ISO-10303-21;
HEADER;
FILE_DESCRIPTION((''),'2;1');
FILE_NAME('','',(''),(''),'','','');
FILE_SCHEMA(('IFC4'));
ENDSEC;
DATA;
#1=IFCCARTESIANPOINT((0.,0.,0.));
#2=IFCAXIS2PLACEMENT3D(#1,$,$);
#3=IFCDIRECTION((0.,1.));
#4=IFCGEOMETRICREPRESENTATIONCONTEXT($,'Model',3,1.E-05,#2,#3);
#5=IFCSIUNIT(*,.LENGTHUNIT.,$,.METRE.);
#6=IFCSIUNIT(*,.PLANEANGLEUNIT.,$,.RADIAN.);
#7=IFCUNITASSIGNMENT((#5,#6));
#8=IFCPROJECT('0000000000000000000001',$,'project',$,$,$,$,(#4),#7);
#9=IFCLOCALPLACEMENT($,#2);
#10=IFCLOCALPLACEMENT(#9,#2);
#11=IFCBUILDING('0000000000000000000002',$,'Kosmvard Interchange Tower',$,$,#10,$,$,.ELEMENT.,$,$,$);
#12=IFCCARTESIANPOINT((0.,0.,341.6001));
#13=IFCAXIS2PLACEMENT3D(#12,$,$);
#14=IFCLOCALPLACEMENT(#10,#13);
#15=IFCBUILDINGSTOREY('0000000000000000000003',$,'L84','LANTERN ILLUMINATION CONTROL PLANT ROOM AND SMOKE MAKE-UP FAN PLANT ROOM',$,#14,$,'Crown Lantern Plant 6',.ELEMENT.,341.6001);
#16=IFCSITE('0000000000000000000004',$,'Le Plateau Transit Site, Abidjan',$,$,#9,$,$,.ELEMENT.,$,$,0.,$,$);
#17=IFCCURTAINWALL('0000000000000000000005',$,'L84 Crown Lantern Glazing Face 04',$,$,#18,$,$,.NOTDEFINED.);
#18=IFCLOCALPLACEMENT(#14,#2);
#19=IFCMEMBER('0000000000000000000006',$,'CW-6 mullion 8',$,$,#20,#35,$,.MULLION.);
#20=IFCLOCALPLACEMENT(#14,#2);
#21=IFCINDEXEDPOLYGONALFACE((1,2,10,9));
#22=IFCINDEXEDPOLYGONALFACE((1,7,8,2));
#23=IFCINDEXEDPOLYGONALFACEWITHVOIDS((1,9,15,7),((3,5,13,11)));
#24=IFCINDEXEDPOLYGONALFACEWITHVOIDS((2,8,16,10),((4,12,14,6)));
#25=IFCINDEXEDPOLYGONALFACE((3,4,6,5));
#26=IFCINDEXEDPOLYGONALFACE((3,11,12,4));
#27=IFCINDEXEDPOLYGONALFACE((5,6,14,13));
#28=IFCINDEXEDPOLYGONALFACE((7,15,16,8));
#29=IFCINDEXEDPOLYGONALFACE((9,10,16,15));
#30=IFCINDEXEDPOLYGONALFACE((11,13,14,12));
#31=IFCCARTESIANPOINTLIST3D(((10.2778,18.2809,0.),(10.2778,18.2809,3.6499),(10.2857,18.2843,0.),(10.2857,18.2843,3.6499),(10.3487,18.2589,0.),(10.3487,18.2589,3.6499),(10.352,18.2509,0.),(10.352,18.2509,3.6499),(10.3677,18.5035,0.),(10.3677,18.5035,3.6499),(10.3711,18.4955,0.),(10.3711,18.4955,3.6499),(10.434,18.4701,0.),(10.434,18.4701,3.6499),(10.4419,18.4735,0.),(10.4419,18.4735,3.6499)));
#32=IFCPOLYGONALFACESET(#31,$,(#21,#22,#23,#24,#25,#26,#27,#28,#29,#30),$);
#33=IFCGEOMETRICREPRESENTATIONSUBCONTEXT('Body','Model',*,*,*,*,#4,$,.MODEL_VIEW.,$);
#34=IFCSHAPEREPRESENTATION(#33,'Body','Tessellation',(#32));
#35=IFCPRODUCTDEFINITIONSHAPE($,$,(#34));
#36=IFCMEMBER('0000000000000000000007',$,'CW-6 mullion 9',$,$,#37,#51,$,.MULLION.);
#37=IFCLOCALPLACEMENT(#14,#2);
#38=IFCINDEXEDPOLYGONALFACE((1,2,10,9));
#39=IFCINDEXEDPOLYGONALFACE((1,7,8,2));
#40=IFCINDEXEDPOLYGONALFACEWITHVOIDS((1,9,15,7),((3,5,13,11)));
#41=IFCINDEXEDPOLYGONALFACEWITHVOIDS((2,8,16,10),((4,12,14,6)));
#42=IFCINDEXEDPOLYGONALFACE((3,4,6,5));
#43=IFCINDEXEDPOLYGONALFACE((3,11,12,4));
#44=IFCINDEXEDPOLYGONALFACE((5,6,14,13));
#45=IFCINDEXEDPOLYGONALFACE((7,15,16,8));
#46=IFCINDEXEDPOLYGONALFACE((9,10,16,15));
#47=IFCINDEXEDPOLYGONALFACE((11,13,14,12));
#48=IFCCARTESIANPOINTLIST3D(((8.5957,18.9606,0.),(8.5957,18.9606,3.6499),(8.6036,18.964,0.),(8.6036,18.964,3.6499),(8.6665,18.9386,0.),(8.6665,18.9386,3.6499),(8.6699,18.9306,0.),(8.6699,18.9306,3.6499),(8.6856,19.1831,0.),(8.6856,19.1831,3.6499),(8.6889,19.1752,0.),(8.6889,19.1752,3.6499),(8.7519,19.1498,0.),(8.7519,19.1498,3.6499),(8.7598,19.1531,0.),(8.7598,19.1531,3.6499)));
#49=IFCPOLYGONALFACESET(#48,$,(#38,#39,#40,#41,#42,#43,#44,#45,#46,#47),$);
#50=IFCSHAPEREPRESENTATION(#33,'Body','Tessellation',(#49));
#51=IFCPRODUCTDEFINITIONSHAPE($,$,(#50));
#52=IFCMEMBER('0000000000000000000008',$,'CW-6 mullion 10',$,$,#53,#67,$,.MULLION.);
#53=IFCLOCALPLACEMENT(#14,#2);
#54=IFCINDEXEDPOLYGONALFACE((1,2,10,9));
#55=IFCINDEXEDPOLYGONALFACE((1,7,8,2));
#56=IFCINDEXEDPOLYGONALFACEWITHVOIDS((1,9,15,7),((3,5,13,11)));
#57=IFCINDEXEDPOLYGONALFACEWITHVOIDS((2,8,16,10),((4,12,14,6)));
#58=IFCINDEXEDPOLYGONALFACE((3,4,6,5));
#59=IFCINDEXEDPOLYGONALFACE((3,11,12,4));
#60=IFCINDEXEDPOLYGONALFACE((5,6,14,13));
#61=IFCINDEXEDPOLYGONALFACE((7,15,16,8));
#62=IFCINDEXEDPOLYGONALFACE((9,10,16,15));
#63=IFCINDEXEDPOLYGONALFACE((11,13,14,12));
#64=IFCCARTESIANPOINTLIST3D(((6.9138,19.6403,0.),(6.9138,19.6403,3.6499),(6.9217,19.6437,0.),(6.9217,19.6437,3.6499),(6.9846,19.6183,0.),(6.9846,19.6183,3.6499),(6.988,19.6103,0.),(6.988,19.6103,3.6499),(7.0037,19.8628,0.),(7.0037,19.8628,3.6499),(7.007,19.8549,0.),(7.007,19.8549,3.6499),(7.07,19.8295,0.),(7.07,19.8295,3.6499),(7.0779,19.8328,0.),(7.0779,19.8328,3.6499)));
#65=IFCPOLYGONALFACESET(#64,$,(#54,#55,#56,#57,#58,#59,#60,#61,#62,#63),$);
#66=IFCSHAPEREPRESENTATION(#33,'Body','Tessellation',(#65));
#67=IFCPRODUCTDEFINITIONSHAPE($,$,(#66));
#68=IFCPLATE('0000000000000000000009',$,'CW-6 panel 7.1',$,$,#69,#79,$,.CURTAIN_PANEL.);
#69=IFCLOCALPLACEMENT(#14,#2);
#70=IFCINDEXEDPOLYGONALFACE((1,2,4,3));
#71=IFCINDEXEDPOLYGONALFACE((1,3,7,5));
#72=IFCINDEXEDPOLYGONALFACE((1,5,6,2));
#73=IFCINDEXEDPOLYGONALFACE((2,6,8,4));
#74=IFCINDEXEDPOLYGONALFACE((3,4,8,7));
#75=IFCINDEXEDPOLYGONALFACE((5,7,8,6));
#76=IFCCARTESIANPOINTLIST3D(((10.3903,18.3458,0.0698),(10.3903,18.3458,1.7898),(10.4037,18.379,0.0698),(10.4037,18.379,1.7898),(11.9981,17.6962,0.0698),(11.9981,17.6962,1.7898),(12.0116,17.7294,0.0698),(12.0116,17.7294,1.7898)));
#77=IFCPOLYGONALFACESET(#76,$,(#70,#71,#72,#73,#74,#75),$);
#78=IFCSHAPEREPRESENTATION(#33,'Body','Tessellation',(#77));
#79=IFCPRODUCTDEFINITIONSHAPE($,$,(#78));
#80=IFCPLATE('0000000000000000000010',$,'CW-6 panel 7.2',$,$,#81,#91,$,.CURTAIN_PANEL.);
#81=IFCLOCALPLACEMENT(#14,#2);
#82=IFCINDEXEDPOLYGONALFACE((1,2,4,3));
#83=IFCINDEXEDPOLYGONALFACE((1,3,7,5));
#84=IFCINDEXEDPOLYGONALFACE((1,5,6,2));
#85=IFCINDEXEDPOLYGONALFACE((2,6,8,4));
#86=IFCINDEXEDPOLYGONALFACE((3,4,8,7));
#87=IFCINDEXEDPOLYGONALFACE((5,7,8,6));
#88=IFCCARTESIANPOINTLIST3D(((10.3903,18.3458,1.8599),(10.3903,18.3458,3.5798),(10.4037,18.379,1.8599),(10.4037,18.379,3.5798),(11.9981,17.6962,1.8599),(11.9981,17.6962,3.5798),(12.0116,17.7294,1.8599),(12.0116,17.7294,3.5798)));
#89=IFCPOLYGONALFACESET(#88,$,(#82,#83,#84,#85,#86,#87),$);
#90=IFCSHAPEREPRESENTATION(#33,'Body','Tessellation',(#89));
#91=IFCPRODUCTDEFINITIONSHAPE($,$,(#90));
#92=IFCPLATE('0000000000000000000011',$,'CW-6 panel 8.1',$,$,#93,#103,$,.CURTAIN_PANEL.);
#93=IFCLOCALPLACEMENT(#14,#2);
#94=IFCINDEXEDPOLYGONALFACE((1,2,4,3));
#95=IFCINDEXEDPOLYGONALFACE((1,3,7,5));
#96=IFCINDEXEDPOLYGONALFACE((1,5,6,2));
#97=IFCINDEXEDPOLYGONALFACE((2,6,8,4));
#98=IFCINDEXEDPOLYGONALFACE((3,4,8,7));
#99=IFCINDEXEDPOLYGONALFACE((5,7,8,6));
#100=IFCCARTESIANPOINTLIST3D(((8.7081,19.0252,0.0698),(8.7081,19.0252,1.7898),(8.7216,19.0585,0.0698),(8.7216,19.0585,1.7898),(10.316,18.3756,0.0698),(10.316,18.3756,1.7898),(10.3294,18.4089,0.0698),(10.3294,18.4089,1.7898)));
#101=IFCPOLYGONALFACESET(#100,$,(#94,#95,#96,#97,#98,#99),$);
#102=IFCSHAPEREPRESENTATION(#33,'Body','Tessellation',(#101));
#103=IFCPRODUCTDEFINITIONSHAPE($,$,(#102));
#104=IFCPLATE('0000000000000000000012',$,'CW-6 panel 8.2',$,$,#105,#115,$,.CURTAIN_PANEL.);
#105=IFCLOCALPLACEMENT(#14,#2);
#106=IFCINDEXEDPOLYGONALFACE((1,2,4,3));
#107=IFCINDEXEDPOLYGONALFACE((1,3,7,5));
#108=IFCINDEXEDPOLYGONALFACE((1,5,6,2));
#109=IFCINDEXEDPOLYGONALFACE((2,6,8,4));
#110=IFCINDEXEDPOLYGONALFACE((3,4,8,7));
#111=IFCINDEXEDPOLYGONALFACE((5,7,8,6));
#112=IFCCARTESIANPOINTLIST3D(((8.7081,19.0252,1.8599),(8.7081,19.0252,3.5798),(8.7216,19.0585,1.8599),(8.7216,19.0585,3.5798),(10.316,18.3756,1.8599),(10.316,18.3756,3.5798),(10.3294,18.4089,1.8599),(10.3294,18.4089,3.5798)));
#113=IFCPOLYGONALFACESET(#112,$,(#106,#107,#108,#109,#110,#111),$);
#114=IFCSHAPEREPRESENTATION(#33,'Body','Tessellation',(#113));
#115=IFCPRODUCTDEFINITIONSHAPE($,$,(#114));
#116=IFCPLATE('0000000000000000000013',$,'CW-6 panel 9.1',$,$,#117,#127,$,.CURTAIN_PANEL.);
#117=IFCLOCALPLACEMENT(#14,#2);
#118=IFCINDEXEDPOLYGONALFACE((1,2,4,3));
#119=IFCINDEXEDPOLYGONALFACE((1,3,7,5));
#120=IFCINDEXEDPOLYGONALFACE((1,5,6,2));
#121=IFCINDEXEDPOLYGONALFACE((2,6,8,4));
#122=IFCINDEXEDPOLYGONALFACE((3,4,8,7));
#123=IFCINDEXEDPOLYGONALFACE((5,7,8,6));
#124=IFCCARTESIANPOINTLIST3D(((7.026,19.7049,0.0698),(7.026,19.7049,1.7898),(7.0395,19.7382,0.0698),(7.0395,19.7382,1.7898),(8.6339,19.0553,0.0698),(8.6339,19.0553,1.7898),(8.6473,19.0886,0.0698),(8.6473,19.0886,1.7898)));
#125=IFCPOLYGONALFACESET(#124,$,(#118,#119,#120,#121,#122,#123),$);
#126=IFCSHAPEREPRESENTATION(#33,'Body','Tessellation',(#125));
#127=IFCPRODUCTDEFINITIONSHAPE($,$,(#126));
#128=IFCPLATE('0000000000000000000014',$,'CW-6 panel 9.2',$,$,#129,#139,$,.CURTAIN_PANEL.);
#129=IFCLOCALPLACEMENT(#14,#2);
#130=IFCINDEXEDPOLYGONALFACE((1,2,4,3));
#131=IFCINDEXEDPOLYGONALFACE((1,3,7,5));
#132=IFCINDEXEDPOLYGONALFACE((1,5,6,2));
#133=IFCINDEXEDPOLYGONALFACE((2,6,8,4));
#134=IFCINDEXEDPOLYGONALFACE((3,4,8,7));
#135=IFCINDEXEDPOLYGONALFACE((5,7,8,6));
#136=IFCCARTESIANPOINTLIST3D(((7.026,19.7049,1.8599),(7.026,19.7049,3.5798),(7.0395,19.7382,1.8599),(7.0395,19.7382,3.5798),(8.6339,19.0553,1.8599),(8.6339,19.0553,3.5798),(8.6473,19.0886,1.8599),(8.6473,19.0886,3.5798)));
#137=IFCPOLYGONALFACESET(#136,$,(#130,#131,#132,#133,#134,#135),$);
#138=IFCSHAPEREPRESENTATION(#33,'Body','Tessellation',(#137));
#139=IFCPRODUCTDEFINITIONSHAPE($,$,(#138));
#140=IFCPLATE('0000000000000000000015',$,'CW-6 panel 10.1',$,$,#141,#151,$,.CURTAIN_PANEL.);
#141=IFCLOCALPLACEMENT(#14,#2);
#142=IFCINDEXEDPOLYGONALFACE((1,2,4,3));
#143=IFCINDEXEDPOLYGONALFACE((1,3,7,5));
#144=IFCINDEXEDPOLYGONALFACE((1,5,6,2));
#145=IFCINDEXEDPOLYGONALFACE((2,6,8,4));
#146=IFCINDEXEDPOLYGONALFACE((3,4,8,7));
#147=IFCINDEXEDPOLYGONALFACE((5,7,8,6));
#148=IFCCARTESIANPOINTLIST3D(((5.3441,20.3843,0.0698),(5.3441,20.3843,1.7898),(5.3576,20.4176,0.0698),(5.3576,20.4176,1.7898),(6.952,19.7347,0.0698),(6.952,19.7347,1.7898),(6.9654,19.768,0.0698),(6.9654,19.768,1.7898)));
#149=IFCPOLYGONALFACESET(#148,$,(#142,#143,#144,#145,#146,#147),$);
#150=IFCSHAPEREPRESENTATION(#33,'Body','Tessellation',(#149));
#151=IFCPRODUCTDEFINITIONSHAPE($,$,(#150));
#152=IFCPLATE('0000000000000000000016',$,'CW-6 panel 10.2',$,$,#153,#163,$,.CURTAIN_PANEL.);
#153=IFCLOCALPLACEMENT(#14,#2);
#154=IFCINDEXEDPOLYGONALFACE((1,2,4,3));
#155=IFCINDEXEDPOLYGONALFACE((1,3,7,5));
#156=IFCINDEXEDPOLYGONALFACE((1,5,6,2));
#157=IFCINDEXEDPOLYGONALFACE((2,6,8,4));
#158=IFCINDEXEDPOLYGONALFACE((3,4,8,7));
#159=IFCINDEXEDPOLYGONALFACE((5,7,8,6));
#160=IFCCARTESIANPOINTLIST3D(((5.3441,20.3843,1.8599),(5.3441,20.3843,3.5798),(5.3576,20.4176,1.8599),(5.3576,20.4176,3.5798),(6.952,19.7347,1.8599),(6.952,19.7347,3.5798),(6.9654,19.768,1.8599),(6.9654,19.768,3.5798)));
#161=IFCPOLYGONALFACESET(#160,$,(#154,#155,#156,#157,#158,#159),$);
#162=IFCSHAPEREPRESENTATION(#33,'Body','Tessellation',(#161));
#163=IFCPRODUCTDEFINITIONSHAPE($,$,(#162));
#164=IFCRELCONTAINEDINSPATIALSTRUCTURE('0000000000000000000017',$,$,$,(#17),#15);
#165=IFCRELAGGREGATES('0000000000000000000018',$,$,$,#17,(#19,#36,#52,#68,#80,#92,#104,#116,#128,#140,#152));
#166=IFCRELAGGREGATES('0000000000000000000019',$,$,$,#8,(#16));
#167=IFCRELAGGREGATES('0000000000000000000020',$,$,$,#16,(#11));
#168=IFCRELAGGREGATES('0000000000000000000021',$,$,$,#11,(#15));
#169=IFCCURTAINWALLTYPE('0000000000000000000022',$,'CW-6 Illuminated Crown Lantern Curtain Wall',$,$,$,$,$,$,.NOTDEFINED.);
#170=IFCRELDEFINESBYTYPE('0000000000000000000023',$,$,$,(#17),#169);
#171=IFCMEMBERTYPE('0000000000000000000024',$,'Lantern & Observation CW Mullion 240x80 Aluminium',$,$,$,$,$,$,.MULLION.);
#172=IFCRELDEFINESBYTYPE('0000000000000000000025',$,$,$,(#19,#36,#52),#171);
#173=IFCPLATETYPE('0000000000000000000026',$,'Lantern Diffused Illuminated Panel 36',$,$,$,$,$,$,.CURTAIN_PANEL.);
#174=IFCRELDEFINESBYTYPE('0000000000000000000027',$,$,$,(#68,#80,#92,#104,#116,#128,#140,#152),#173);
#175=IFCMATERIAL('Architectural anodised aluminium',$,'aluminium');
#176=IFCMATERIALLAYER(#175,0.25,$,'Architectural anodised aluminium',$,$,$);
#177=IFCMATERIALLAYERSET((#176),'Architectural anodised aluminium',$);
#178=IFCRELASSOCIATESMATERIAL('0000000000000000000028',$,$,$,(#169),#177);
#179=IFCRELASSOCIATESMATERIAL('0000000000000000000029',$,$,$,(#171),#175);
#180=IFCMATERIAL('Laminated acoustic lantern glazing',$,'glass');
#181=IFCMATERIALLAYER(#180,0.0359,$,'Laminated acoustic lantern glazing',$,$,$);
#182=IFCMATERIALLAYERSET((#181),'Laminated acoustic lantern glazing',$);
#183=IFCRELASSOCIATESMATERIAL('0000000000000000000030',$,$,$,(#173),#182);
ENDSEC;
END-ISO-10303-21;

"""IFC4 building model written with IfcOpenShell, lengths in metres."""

from ifc_helpers import new_model, si_unit, direction, frame, origin, origin_2d, place, context, subcontext, project, spatial, rectangle, hollow_rectangle, extrude, source, transform, mapped, material, layer, layer_set, material_profile, profile_set, type_object, element, aggregate, save


model = new_model("IFC4")

# Units and contexts
model_context = context("Model", 3, precision=1e-05, world=origin(), true_north=direction((0.0, 1.0)))
body_context = subcontext(model_context, "Body", "Model", "MODEL_VIEW")
ifc_project = project(units=[si_unit("LENGTHUNIT", "METRE"), si_unit("PLANEANGLEUNIT", "RADIAN")], contexts=[model_context])

# Site, building, storey
site_placement = place(None, origin())
site = spatial("IfcSite", under=ifc_project, at=site_placement, Name="Le Plateau Transit Site, Abidjan", CompositionType="ELEMENT", RefElevation=0.0)
building_placement = place(site_placement, origin())
building = spatial("IfcBuilding", under=site, at=building_placement, Name="Kosmvard Interchange Tower", CompositionType="ELEMENT")
storey_placement = place(building_placement, frame((0.0, 0.0, 341.6001)))
storey = spatial("IfcBuildingStorey", under=building, at=storey_placement, Name="L84", Description="LANTERN ILLUMINATION CONTROL PLANT ROOM AND SMOKE MAKE-UP FAN PLANT ROOM", LongName="Crown Lantern Plant 6", CompositionType="ELEMENT", Elevation=341.6001)

# Curtain wall, members, plates
ifc_material_1 = material(Name="Architectural anodised aluminium", Category="aluminium")
ifc_layer_1 = layer(ifc_material_1, 0.25, Name="Architectural anodised aluminium")
ifc_layer_set_1 = layer_set([ifc_layer_1], Name="Architectural anodised aluminium")
curtain_wall_type = type_object("IfcCurtainWallType", Name="CW-6 Illuminated Crown Lantern Curtain Wall", PredefinedType="NOTDEFINED", material=ifc_layer_set_1)
curtain_wall_placement = place(storey_placement, origin())
curtain_wall = element("IfcCurtainWall", 1, at=curtain_wall_placement, inside=storey, type_object=curtain_wall_type, Name="L84 Crown Lantern Glazing Face 04", PredefinedType="NOTDEFINED")
ifc_material_profile_1 = material_profile(ifc_material_1, hollow_rectangle(XDim=0.24, YDim=0.0801, WallThickness=0.0061, at=origin_2d()), Name="CWM 240x80x6")
ifc_profile_set_1 = profile_set([ifc_material_profile_1], Name="Architectural anodised aluminium")
member_type_1 = type_object("IfcMemberType", Name="Lantern & Observation CW Mullion 240x80 Aluminium", PredefinedType="MULLION", material=ifc_profile_set_1)
shared_shape_1 = source(origin(), body_context, "Body", "SweptSolid", [
    extrude(hollow_rectangle(XDim=0.24, YDim=0.0801, WallThickness=0.0061, at=origin_2d()), origin(), (0.0, 0.0, 1.0), 3.6499),
])
member_1_placement = place(storey_placement, frame((10.3599, 18.3772, 0.0), z_axis=(0.0, 0.0, 1.0), x_axis=(-0.374607, -0.927184, 0.0)))
member_1 = element("IfcMember", 2, at=member_1_placement, type_object=member_type_1, Name="CW-6 mullion 8", PredefinedType="MULLION", context=body_context, shape_type="MappedRepresentation", body=[
    mapped(shared_shape_1, transform((0.0, 0.0, 0.0), scale=1.0)),
])
member_2_placement = place(storey_placement, frame((8.6777, 19.0569, 0.0), z_axis=(0.0, 0.0, 1.0), x_axis=(-0.374607, -0.927184, 0.0)))
member_2 = element("IfcMember", 3, at=member_2_placement, type_object=member_type_1, Name="CW-6 mullion 9", PredefinedType="MULLION", context=body_context, shape_type="MappedRepresentation", body=[
    mapped(shared_shape_1, transform((0.0, 0.0, 0.0), scale=1.0)),
])
member_3_placement = place(storey_placement, frame((6.9958, 19.7366, 0.0), z_axis=(0.0, 0.0, 1.0), x_axis=(-0.374607, -0.927184, 0.0)))
member_3 = element("IfcMember", 4, at=member_3_placement, type_object=member_type_1, Name="CW-6 mullion 10", PredefinedType="MULLION", context=body_context, shape_type="MappedRepresentation", body=[
    mapped(shared_shape_1, transform((0.0, 0.0, 0.0), scale=1.0)),
])
ifc_material_2 = material(Name="Laminated acoustic lantern glazing", Category="glass")
ifc_layer_2 = layer(ifc_material_2, 0.0359, Name="Laminated acoustic lantern glazing")
ifc_layer_set_2 = layer_set([ifc_layer_2], Name="Laminated acoustic lantern glazing")
plate_type = type_object("IfcPlateType", Name="Lantern Diffused Illuminated Panel 36", PredefinedType="CURTAIN_PANEL", material=ifc_layer_set_2)
shared_shape_2 = source(origin(), body_context, "Body", "SweptSolid", [
    extrude(rectangle(XDim=1.7341, YDim=0.0359, at=origin_2d()), origin(), (0.0, 0.0, 1.0), 1.72),
])
plate_1_placement = place(storey_placement, frame((11.2009, 18.0376, 0.0698), z_axis=(0.0, 0.0, 1.0), x_axis=(-0.927184, 0.374607, 0.0)))
plate_1 = element("IfcPlate", 5, at=plate_1_placement, type_object=plate_type, Name="CW-6 panel 7.1", PredefinedType="CURTAIN_PANEL", context=body_context, shape_type="MappedRepresentation", body=[
    mapped(shared_shape_2, transform((0.0, 0.0, 0.0), scale=1.0)),
])
plate_2_placement = place(storey_placement, frame((11.2009, 18.0376, 1.8599), z_axis=(0.0, 0.0, 1.0), x_axis=(-0.927184, 0.374607, 0.0)))
plate_2 = element("IfcPlate", 6, at=plate_2_placement, type_object=plate_type, Name="CW-6 panel 7.2", PredefinedType="CURTAIN_PANEL", context=body_context, shape_type="MappedRepresentation", body=[
    mapped(shared_shape_2, transform((0.0, 0.0, 0.0), scale=1.0)),
])
plate_3_placement = place(storey_placement, frame((9.5188, 18.717, 0.0698), z_axis=(0.0, 0.0, 1.0), x_axis=(-0.927184, 0.374607, 0.0)))
plate_3 = element("IfcPlate", 7, at=plate_3_placement, type_object=plate_type, Name="CW-6 panel 8.1", PredefinedType="CURTAIN_PANEL", context=body_context, shape_type="MappedRepresentation", body=[
    mapped(shared_shape_2, transform((0.0, 0.0, 0.0), scale=1.0)),
])
plate_4_placement = place(storey_placement, frame((9.5188, 18.717, 1.8599), z_axis=(0.0, 0.0, 1.0), x_axis=(-0.927184, 0.374607, 0.0)))
plate_4 = element("IfcPlate", 8, at=plate_4_placement, type_object=plate_type, Name="CW-6 panel 8.2", PredefinedType="CURTAIN_PANEL", context=body_context, shape_type="MappedRepresentation", body=[
    mapped(shared_shape_2, transform((0.0, 0.0, 0.0), scale=1.0)),
])
plate_5_placement = place(storey_placement, frame((7.8367, 19.3967, 0.0698), z_axis=(0.0, 0.0, 1.0), x_axis=(-0.927184, 0.374607, 0.0)))
plate_5 = element("IfcPlate", 9, at=plate_5_placement, type_object=plate_type, Name="CW-6 panel 9.1", PredefinedType="CURTAIN_PANEL", context=body_context, shape_type="MappedRepresentation", body=[
    mapped(shared_shape_2, transform((0.0, 0.0, 0.0), scale=1.0)),
])
plate_6_placement = place(storey_placement, frame((7.8367, 19.3967, 1.8599), z_axis=(0.0, 0.0, 1.0), x_axis=(-0.927184, 0.374607, 0.0)))
plate_6 = element("IfcPlate", 10, at=plate_6_placement, type_object=plate_type, Name="CW-6 panel 9.2", PredefinedType="CURTAIN_PANEL", context=body_context, shape_type="MappedRepresentation", body=[
    mapped(shared_shape_2, transform((0.0, 0.0, 0.0), scale=1.0)),
])
plate_7_placement = place(storey_placement, frame((6.1548, 20.0762, 0.0698), z_axis=(0.0, 0.0, 1.0), x_axis=(-0.927184, 0.374607, 0.0)))
plate_7 = element("IfcPlate", 11, at=plate_7_placement, type_object=plate_type, Name="CW-6 panel 10.1", PredefinedType="CURTAIN_PANEL", context=body_context, shape_type="MappedRepresentation", body=[
    mapped(shared_shape_2, transform((0.0, 0.0, 0.0), scale=1.0)),
])
plate_8_placement = place(storey_placement, frame((6.1548, 20.0762, 1.8599), z_axis=(0.0, 0.0, 1.0), x_axis=(-0.927184, 0.374607, 0.0)))
plate_8 = element("IfcPlate", 12, at=plate_8_placement, type_object=plate_type, Name="CW-6 panel 10.2", PredefinedType="CURTAIN_PANEL", context=body_context, shape_type="MappedRepresentation", body=[
    mapped(shared_shape_2, transform((0.0, 0.0, 0.0), scale=1.0)),
])
aggregate(curtain_wall, [member_1, member_2, member_3, plate_1, plate_2, plate_3, plate_4, plate_5, plate_6, plate_7, plate_8])

save(model, "model.ifc")
